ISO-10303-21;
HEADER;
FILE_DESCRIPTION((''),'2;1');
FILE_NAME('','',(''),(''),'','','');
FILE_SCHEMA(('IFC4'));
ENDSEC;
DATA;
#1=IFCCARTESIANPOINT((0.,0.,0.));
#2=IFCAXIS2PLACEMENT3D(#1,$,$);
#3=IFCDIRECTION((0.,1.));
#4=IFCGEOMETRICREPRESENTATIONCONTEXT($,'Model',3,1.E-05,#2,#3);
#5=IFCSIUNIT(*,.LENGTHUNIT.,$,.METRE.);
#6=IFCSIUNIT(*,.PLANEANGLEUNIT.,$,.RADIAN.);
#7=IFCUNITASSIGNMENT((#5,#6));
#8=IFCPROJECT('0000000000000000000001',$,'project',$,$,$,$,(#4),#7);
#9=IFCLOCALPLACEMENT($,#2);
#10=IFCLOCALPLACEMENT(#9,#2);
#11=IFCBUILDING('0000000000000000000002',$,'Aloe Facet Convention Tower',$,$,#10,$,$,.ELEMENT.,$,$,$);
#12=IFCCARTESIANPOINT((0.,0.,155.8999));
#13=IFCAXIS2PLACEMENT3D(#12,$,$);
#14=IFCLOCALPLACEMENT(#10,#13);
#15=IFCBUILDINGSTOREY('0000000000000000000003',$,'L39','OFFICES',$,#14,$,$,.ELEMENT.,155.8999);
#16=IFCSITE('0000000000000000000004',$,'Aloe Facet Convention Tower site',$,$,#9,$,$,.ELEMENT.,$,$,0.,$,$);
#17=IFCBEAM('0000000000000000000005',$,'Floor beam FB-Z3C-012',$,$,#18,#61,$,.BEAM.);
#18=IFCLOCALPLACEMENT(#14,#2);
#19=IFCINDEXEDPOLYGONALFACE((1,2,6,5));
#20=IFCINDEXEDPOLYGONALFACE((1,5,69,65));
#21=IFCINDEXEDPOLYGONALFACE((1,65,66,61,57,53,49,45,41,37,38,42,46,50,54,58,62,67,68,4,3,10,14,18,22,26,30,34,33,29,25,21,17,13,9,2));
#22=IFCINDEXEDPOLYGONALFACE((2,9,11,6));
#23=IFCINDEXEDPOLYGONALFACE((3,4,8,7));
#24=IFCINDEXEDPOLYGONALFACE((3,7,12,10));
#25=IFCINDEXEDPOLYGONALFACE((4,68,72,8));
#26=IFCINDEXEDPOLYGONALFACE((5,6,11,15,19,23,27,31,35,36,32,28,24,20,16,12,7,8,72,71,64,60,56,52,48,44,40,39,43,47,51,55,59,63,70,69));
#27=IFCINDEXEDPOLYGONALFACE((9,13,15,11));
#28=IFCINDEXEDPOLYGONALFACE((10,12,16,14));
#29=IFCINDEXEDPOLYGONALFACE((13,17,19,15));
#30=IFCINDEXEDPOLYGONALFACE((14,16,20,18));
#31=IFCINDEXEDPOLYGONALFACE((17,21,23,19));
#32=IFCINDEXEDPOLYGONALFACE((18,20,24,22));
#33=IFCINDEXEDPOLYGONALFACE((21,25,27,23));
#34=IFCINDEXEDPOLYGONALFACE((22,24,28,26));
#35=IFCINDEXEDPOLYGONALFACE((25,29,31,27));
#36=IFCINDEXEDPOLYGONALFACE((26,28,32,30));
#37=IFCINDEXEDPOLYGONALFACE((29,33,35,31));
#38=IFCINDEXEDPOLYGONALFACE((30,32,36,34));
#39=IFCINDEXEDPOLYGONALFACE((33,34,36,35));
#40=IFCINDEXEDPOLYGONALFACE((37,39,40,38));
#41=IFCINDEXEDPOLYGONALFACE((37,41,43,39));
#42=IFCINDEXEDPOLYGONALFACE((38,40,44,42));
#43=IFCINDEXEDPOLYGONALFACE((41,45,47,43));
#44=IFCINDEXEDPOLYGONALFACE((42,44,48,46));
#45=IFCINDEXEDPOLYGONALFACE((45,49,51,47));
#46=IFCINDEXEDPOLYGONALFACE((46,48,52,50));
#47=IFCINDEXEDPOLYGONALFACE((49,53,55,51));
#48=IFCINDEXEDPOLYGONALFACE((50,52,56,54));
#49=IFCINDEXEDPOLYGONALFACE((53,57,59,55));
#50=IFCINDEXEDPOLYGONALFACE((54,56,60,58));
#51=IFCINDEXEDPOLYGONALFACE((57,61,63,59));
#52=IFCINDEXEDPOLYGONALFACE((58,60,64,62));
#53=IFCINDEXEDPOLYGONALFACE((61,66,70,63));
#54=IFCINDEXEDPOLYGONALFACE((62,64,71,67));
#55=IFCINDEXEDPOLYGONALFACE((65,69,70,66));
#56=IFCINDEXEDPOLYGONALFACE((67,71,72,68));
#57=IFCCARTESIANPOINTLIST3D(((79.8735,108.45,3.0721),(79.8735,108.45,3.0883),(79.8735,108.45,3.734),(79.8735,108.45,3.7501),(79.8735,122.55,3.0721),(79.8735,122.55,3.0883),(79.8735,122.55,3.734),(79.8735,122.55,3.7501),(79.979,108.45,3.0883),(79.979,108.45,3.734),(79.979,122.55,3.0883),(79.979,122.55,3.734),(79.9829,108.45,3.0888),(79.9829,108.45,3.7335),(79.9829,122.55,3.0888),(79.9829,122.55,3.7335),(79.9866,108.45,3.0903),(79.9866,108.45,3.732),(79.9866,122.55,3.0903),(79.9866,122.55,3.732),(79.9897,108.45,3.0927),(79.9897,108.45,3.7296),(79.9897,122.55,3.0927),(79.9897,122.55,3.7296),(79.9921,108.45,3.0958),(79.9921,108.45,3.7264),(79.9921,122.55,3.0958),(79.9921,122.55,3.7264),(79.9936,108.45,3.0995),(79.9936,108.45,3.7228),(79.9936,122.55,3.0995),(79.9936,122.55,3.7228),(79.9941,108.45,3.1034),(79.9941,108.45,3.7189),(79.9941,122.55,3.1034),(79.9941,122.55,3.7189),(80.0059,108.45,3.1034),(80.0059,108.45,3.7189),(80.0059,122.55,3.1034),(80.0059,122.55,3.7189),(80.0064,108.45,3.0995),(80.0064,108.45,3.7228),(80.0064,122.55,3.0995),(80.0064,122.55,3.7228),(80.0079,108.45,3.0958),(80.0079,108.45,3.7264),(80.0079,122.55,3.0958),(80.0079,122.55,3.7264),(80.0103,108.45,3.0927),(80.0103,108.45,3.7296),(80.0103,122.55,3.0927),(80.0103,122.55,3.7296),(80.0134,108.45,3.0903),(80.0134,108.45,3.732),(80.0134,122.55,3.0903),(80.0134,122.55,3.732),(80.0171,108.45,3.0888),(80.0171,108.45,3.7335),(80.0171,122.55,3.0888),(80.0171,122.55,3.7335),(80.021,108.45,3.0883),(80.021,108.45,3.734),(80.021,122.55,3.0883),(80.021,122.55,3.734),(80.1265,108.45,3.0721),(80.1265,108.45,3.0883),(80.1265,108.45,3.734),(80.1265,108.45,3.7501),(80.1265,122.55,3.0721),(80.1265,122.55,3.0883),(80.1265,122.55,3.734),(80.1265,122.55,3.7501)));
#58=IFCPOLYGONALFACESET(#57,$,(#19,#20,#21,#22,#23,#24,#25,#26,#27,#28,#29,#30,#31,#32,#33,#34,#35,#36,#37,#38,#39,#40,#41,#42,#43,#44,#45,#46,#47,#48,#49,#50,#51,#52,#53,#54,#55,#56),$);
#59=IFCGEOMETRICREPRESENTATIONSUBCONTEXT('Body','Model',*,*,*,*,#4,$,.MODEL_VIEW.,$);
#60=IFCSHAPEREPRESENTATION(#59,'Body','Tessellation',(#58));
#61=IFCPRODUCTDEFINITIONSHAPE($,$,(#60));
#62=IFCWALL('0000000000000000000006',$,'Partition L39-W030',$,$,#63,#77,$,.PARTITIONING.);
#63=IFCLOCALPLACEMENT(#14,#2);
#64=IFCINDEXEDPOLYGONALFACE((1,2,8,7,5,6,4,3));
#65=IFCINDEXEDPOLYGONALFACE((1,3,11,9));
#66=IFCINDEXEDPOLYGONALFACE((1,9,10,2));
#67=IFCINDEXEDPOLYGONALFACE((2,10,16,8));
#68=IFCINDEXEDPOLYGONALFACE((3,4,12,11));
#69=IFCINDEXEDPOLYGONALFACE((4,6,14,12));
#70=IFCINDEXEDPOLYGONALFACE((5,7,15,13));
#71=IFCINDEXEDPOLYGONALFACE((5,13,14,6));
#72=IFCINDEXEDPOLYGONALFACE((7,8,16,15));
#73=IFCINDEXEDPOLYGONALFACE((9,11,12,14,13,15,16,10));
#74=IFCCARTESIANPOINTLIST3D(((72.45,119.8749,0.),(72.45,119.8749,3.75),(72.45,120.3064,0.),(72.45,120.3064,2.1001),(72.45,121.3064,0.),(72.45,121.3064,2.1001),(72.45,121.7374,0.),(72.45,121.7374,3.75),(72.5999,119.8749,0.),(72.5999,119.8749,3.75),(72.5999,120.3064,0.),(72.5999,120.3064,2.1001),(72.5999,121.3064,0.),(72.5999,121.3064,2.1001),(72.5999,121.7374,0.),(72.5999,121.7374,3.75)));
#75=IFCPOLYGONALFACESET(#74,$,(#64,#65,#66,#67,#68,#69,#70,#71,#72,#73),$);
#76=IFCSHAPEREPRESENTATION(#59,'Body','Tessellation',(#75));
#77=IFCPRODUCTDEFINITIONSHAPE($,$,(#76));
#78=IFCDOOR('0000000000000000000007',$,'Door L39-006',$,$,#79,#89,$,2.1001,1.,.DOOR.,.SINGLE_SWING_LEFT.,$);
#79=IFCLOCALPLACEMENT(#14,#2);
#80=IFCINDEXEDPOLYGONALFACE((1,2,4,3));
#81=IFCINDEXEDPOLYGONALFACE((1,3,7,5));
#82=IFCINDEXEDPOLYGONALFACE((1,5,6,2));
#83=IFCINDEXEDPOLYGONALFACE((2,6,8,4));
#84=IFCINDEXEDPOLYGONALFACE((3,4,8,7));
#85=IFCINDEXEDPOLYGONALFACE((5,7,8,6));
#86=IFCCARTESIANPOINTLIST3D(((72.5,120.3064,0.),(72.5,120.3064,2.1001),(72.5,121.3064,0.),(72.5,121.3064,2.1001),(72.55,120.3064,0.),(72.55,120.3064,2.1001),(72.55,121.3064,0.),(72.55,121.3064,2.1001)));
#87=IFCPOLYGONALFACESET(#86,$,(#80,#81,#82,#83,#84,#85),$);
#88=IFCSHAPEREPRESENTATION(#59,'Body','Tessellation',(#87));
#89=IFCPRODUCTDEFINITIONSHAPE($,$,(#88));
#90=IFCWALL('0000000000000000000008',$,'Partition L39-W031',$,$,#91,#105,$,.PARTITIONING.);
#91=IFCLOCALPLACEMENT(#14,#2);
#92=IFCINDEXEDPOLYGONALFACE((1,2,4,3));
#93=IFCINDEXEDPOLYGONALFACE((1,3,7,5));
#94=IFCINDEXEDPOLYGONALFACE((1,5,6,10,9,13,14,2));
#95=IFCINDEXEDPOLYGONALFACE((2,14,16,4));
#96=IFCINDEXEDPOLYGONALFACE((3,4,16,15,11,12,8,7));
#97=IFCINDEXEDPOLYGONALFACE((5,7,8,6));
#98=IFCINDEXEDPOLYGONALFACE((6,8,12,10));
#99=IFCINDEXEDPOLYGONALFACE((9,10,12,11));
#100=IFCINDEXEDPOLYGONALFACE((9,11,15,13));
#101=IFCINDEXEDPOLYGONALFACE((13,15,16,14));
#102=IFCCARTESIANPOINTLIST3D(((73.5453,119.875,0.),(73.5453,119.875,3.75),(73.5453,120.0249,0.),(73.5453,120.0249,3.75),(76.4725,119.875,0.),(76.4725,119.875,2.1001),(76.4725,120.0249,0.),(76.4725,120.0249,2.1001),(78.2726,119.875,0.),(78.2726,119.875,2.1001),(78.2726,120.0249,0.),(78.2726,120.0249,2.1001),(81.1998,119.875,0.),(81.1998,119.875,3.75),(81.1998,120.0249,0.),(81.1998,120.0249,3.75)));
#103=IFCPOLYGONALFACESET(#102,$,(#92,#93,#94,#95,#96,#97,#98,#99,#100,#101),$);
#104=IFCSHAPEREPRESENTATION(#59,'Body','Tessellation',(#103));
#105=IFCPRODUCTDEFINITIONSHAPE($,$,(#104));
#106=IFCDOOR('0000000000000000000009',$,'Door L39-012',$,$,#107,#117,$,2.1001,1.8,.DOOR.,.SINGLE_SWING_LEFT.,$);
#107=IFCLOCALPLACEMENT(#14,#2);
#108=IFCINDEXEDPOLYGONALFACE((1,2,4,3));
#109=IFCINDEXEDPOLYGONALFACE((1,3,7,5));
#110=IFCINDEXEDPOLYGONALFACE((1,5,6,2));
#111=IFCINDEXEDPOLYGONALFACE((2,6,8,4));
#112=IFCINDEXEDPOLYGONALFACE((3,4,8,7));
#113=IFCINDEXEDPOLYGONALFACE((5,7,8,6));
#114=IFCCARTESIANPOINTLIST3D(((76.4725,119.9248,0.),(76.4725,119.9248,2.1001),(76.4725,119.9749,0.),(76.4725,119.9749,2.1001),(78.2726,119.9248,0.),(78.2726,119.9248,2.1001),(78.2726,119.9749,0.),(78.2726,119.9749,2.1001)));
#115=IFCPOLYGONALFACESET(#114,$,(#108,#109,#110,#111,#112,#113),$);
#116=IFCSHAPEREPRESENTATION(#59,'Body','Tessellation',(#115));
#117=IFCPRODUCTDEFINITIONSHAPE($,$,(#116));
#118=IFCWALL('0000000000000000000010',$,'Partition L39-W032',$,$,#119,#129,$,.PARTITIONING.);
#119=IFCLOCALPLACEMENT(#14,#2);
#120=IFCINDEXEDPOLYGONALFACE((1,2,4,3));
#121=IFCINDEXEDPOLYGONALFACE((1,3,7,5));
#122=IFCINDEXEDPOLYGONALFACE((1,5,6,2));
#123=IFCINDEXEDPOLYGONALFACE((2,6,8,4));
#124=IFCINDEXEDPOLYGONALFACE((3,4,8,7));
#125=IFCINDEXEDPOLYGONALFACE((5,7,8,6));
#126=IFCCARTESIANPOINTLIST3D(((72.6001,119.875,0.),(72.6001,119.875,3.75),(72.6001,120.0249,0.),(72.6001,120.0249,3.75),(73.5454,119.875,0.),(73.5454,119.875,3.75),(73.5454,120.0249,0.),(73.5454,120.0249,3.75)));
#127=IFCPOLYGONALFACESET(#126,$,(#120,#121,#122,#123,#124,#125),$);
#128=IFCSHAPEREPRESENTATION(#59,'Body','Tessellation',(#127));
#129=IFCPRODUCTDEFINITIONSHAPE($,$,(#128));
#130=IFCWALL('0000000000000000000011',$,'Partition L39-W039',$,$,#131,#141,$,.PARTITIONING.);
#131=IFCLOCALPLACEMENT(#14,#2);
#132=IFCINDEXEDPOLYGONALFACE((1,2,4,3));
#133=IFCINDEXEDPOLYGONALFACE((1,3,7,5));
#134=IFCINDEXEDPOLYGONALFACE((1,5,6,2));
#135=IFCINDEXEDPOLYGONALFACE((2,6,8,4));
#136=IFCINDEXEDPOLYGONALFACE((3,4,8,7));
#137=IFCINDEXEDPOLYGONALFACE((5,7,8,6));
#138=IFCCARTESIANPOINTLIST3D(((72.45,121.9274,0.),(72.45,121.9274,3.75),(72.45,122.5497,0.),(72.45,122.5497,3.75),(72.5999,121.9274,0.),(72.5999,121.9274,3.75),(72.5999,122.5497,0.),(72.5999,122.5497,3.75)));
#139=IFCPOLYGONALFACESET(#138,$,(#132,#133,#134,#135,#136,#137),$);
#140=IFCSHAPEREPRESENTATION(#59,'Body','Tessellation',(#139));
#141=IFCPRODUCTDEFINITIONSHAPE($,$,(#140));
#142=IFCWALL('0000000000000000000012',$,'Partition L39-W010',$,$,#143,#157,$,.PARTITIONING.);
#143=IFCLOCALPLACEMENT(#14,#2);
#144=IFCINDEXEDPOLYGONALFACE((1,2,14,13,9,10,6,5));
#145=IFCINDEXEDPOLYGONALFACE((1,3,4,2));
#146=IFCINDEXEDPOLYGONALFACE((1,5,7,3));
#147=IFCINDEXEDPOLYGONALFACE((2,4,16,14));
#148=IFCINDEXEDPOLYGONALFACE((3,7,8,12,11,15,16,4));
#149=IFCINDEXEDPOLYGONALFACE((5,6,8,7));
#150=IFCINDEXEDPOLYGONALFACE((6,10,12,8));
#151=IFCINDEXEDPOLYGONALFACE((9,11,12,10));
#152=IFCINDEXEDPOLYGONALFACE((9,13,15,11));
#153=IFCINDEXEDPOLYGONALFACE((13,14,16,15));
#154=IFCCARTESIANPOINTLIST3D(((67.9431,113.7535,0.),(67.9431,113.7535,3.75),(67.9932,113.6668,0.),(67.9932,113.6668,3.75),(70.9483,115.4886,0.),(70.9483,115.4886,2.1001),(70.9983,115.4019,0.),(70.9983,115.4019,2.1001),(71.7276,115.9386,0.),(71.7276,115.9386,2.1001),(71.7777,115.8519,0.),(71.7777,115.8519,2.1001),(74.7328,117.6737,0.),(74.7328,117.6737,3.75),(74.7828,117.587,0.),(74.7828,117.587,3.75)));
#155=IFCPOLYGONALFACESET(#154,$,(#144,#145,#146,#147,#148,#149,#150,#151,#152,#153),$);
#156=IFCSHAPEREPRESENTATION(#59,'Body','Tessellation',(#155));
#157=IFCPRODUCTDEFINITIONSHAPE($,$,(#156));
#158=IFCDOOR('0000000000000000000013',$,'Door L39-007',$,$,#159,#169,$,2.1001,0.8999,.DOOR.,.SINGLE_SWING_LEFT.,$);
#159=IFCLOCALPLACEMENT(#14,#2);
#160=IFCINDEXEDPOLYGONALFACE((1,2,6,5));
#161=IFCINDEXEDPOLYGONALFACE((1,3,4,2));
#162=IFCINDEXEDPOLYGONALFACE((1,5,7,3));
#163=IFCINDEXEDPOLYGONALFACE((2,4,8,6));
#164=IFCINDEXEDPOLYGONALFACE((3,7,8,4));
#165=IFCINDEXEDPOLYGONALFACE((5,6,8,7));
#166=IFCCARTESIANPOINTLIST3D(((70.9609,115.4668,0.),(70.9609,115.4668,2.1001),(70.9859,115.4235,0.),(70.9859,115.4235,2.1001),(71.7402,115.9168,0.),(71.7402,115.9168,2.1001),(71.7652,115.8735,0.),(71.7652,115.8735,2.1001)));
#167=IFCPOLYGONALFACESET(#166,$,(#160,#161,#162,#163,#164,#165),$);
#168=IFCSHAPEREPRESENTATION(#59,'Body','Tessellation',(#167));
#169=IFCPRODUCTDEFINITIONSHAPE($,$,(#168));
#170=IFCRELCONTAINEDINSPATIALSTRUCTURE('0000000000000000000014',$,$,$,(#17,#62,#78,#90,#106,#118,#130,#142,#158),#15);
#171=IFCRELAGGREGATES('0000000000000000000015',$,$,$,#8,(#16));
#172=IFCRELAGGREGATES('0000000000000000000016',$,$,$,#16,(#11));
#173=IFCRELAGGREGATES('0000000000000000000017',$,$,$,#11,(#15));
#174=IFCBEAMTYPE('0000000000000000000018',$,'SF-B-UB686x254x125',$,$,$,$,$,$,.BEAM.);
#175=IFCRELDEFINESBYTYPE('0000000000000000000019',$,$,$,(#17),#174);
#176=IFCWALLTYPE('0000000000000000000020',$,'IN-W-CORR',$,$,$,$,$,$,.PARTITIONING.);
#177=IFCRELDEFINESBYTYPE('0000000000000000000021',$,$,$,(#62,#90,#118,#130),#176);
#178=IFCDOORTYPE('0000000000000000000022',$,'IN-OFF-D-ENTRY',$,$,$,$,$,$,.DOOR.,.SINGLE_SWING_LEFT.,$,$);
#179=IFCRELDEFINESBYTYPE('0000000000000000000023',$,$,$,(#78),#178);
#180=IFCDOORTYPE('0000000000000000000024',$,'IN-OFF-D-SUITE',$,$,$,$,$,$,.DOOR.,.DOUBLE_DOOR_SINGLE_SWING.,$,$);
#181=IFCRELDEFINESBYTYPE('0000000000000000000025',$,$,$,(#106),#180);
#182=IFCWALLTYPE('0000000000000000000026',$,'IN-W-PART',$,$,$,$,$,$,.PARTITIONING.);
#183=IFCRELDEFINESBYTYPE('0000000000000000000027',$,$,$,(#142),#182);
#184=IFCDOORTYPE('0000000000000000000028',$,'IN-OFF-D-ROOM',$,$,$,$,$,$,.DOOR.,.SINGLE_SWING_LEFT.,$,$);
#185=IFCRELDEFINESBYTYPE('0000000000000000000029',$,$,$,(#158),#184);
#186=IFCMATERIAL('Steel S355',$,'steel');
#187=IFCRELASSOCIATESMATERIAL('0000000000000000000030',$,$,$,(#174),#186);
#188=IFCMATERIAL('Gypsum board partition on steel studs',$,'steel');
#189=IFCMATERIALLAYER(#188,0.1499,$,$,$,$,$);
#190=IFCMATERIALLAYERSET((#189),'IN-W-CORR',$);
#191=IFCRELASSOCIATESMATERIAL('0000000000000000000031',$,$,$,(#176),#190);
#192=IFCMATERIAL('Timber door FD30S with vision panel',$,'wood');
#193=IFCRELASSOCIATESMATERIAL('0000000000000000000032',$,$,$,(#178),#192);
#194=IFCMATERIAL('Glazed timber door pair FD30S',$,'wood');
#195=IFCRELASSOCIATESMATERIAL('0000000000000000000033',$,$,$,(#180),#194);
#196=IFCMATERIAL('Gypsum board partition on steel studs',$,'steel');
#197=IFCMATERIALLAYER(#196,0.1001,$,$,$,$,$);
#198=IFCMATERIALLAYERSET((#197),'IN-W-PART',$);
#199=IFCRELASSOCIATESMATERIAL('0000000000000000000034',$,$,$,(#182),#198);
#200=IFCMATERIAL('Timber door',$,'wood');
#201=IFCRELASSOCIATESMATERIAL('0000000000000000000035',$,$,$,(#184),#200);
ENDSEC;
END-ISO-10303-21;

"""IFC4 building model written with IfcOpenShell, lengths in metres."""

from ifc_helpers import new_model, si_unit, direction, frame, frame_2d, origin, origin_2d, place, context, subcontext, project, spatial, rectangle, i_section, extrude, material, layer, layer_set, material_profile, profile_set, type_object, element, fill, save


model = new_model("IFC4")

# Units and contexts
model_context = context("Model", 3, precision=1e-05, world=origin(), true_north=direction((0.0, 1.0)))
body_context = subcontext(model_context, "Body", "Model", "MODEL_VIEW")
ifc_project = project(units=[si_unit("LENGTHUNIT", "METRE"), si_unit("PLANEANGLEUNIT", "RADIAN")], contexts=[model_context])

# Site, building, storey
site_placement = place(None, origin())
site = spatial("IfcSite", under=ifc_project, at=site_placement, Name="Aloe Facet Convention Tower site", CompositionType="ELEMENT", RefElevation=0.0)
building_placement = place(site_placement, origin())
building = spatial("IfcBuilding", under=site, at=building_placement, Name="Aloe Facet Convention Tower", CompositionType="ELEMENT")
storey_placement = place(building_placement, frame((0.0, 0.0, 155.8999)))
storey = spatial("IfcBuildingStorey", under=building, at=storey_placement, Name="L39", Description="OFFICES", CompositionType="ELEMENT", Elevation=155.8999)

# Beam
ifc_material_1 = material(Name="Steel S355", Category="steel")
ifc_material_profile_1 = material_profile(ifc_material_1, i_section(OverallWidth=0.2529, OverallDepth=0.678, WebThickness=0.0117, FlangeThickness=0.0161, FilletRadius=0.0151, at=origin_2d()), Name="UB 686x254x125")
ifc_profile_set_1 = profile_set([ifc_material_profile_1], Name="Steel S355")
beam_type_1 = type_object("IfcBeamType", Name="SF-B-UB686x254x125", PredefinedType="BEAM", material=ifc_profile_set_1)
beam_1_placement = place(storey_placement, frame((80.0, 122.55, 3.4111), z_axis=(0.0, -1.0, 0.0), x_axis=(1.0, 0.0, 0.0)))
element("IfcBeam", 1, at=beam_1_placement, inside=storey, type_object=beam_type_1, Name="Floor beam FB-Z3C-012", PredefinedType="BEAM", context=body_context, shape_type="SweptSolid", body=[
    extrude(i_section(OverallWidth=0.2529, OverallDepth=0.678, WebThickness=0.0117, FlangeThickness=0.0161, FilletRadius=0.0151, at=origin_2d()), origin(), (0.0, 0.0, 1.0), 14.1001),
])

# Walls, openings, doors
ifc_material_2 = material(Name="Gypsum board partition on steel studs", Category="steel")
ifc_layer_1 = layer(ifc_material_2, 0.1499)
ifc_layer_set_1 = layer_set([ifc_layer_1], Name="IN-W-CORR")
wall_type_1 = type_object("IfcWallType", Name="IN-W-CORR", PredefinedType="PARTITIONING", material=ifc_layer_set_1)
wall_1_placement = place(storey_placement, frame((72.5249, 119.875, 0.0), z_axis=(0.0, 0.0, 1.0), x_axis=(0.0, 1.0, 0.0)))
wall_1 = element("IfcWall", 2, at=wall_1_placement, inside=storey, type_object=wall_type_1, Name="Partition L39-W030", PredefinedType="PARTITIONING", context=body_context, shape_type="SweptSolid", body=[
    extrude(rectangle(XDim=1.8625, YDim=0.1499, at=frame_2d((0.9312, 0.0))), origin(), (0.0, 0.0, 1.0), 3.75),
])
opening_1_placement = place(wall_1_placement, frame((0.4314, 0.0, 0.0)))
opening_1 = element("IfcOpeningElement", 3, at=opening_1_placement, cuts=wall_1, PredefinedType="OPENING", context=body_context, shape_type="SweptSolid", body=[
    extrude(rectangle(XDim=1.0, YDim=2.1001, at=frame_2d((0.5, 1.05))), frame((0.0, 0.085, 0.0), z_axis=(0.0, -1.0, 0.0), x_axis=(1.0, 0.0, 0.0)), (0.0, 0.0, 1.0), 0.1699),
])
ifc_material_3 = material(Name="Timber door FD30S with vision panel", Category="wood")
door_type_1 = type_object("IfcDoorType", Name="IN-OFF-D-ENTRY", OperationType="SINGLE_SWING_LEFT", PredefinedType="DOOR", material=ifc_material_3)
door_1_placement = place(opening_1_placement, origin())
door_1 = element("IfcDoor", 4, at=door_1_placement, inside=storey, type_object=door_type_1, Name="Door L39-006", OperationType="SINGLE_SWING_LEFT", OverallHeight=2.1001, OverallWidth=1.0, PredefinedType="DOOR", context=body_context, shape_type="SweptSolid", body=[
    extrude(rectangle(XDim=1.0, YDim=2.1001, at=frame_2d((0.5, 1.05))), frame((0.0, 0.0249, 0.0), z_axis=(0.0, -1.0, 0.0), x_axis=(1.0, 0.0, 0.0)), (0.0, 0.0, 1.0), 0.05),
])
fill(opening_1, door_1)
wall_2_placement = place(storey_placement, frame((73.5454, 119.95, 0.0), z_axis=(0.0, 0.0, 1.0), x_axis=(1.0, 0.0, 0.0)))
wall_2 = element("IfcWall", 5, at=wall_2_placement, inside=storey, type_object=wall_type_1, Name="Partition L39-W031", PredefinedType="PARTITIONING", context=body_context, shape_type="SweptSolid", body=[
    extrude(rectangle(XDim=7.6545, YDim=0.1499, at=frame_2d((3.8271, 0.0))), origin(), (0.0, 0.0, 1.0), 3.75),
])
opening_2_placement = place(wall_2_placement, frame((2.9272, 0.0, 0.0)))
opening_2 = element("IfcOpeningElement", 6, at=opening_2_placement, cuts=wall_2, PredefinedType="OPENING", context=body_context, shape_type="SweptSolid", body=[
    extrude(rectangle(XDim=1.8, YDim=2.1001, at=frame_2d((0.8999, 1.05))), frame((0.0, 0.085, 0.0), z_axis=(0.0, -1.0, 0.0), x_axis=(1.0, 0.0, 0.0)), (0.0, 0.0, 1.0), 0.1699),
])
ifc_material_4 = material(Name="Glazed timber door pair FD30S", Category="wood")
door_type_2 = type_object("IfcDoorType", Name="IN-OFF-D-SUITE", OperationType="DOUBLE_DOOR_SINGLE_SWING", PredefinedType="DOOR", material=ifc_material_4)
door_2_placement = place(opening_2_placement, origin())
door_2 = element("IfcDoor", 7, at=door_2_placement, inside=storey, type_object=door_type_2, Name="Door L39-012", OperationType="SINGLE_SWING_LEFT", OverallHeight=2.1001, OverallWidth=1.8, PredefinedType="DOOR", context=body_context, shape_type="SweptSolid", body=[
    extrude(rectangle(XDim=1.8, YDim=2.1001, at=frame_2d((0.8999, 1.05))), frame((0.0, 0.0249, 0.0), z_axis=(0.0, -1.0, 0.0), x_axis=(1.0, 0.0, 0.0)), (0.0, 0.0, 1.0), 0.05),
])
fill(opening_2, door_2)

# Walls
wall_3_placement = place(storey_placement, frame((72.6001, 119.95, 0.0), z_axis=(0.0, 0.0, 1.0), x_axis=(1.0, 0.0, 0.0)))
element("IfcWall", 8, at=wall_3_placement, inside=storey, type_object=wall_type_1, Name="Partition L39-W032", PredefinedType="PARTITIONING", context=body_context, shape_type="SweptSolid", body=[
    extrude(rectangle(XDim=0.9453, YDim=0.1499, at=frame_2d((0.4727, 0.0))), origin(), (0.0, 0.0, 1.0), 3.75),
])
wall_4_placement = place(storey_placement, frame((72.5249, 121.9275, 0.0), z_axis=(0.0, 0.0, 1.0), x_axis=(0.0, 1.0, 0.0)))
element("IfcWall", 9, at=wall_4_placement, inside=storey, type_object=wall_type_1, Name="Partition L39-W039", PredefinedType="PARTITIONING", context=body_context, shape_type="SweptSolid", body=[
    extrude(rectangle(XDim=0.6223, YDim=0.1499, at=frame_2d((0.311, 0.0))), origin(), (0.0, 0.0, 1.0), 3.75),
])

# Wall, opening, door
ifc_material_5 = material(Name="Gypsum board partition on steel studs", Category="steel")
ifc_layer_2 = layer(ifc_material_5, 0.1001)
ifc_layer_set_2 = layer_set([ifc_layer_2], Name="IN-W-PART")
wall_type_2 = type_object("IfcWallType", Name="IN-W-PART", PredefinedType="PARTITIONING", material=ifc_layer_set_2)
wall_5_placement = place(storey_placement, frame((67.9683, 113.7102, 0.0), z_axis=(0.0, 0.0, 1.0), x_axis=(0.866013, 0.500021, 0.0)))
wall_5 = element("IfcWall", 10, at=wall_5_placement, inside=storey, type_object=wall_type_2, Name="Partition L39-W010", PredefinedType="PARTITIONING", context=body_context, shape_type="SweptSolid", body=[
    extrude(rectangle(XDim=7.8401, YDim=0.1001, at=frame_2d((3.9199, 0.0))), origin(), (0.0, 0.0, 1.0), 3.75),
])
opening_3_placement = place(wall_5_placement, frame((3.47, 0.0, 0.0)))
opening_3 = element("IfcOpeningElement", 11, at=opening_3_placement, cuts=wall_5, PredefinedType="OPENING", context=body_context, shape_type="SweptSolid", body=[
    extrude(rectangle(XDim=0.8999, YDim=2.1001, at=frame_2d((0.45, 1.05))), frame((0.0, 0.0601, 0.0), z_axis=(0.0, -1.0, 0.0), x_axis=(1.0, 0.0, 0.0)), (0.0, 0.0, 1.0), 0.1201),
])
ifc_material_6 = material(Name="Timber door", Category="wood")
door_type_3 = type_object("IfcDoorType", Name="IN-OFF-D-ROOM", OperationType="SINGLE_SWING_LEFT", PredefinedType="DOOR", material=ifc_material_6)
door_3_placement = place(opening_3_placement, origin())
door_3 = element("IfcDoor", 12, at=door_3_placement, inside=storey, type_object=door_type_3, Name="Door L39-007", OperationType="SINGLE_SWING_LEFT", OverallHeight=2.1001, OverallWidth=0.8999, PredefinedType="DOOR", context=body_context, shape_type="SweptSolid", body=[
    extrude(rectangle(XDim=0.8999, YDim=2.1001, at=frame_2d((0.45, 1.05))), frame((0.0, 0.0249, 0.0), z_axis=(0.0, -1.0, 0.0), x_axis=(1.0, 0.0, 0.0)), (0.0, 0.0, 1.0), 0.05),
])
fill(opening_3, door_3)

save(model, "model.ifc")
